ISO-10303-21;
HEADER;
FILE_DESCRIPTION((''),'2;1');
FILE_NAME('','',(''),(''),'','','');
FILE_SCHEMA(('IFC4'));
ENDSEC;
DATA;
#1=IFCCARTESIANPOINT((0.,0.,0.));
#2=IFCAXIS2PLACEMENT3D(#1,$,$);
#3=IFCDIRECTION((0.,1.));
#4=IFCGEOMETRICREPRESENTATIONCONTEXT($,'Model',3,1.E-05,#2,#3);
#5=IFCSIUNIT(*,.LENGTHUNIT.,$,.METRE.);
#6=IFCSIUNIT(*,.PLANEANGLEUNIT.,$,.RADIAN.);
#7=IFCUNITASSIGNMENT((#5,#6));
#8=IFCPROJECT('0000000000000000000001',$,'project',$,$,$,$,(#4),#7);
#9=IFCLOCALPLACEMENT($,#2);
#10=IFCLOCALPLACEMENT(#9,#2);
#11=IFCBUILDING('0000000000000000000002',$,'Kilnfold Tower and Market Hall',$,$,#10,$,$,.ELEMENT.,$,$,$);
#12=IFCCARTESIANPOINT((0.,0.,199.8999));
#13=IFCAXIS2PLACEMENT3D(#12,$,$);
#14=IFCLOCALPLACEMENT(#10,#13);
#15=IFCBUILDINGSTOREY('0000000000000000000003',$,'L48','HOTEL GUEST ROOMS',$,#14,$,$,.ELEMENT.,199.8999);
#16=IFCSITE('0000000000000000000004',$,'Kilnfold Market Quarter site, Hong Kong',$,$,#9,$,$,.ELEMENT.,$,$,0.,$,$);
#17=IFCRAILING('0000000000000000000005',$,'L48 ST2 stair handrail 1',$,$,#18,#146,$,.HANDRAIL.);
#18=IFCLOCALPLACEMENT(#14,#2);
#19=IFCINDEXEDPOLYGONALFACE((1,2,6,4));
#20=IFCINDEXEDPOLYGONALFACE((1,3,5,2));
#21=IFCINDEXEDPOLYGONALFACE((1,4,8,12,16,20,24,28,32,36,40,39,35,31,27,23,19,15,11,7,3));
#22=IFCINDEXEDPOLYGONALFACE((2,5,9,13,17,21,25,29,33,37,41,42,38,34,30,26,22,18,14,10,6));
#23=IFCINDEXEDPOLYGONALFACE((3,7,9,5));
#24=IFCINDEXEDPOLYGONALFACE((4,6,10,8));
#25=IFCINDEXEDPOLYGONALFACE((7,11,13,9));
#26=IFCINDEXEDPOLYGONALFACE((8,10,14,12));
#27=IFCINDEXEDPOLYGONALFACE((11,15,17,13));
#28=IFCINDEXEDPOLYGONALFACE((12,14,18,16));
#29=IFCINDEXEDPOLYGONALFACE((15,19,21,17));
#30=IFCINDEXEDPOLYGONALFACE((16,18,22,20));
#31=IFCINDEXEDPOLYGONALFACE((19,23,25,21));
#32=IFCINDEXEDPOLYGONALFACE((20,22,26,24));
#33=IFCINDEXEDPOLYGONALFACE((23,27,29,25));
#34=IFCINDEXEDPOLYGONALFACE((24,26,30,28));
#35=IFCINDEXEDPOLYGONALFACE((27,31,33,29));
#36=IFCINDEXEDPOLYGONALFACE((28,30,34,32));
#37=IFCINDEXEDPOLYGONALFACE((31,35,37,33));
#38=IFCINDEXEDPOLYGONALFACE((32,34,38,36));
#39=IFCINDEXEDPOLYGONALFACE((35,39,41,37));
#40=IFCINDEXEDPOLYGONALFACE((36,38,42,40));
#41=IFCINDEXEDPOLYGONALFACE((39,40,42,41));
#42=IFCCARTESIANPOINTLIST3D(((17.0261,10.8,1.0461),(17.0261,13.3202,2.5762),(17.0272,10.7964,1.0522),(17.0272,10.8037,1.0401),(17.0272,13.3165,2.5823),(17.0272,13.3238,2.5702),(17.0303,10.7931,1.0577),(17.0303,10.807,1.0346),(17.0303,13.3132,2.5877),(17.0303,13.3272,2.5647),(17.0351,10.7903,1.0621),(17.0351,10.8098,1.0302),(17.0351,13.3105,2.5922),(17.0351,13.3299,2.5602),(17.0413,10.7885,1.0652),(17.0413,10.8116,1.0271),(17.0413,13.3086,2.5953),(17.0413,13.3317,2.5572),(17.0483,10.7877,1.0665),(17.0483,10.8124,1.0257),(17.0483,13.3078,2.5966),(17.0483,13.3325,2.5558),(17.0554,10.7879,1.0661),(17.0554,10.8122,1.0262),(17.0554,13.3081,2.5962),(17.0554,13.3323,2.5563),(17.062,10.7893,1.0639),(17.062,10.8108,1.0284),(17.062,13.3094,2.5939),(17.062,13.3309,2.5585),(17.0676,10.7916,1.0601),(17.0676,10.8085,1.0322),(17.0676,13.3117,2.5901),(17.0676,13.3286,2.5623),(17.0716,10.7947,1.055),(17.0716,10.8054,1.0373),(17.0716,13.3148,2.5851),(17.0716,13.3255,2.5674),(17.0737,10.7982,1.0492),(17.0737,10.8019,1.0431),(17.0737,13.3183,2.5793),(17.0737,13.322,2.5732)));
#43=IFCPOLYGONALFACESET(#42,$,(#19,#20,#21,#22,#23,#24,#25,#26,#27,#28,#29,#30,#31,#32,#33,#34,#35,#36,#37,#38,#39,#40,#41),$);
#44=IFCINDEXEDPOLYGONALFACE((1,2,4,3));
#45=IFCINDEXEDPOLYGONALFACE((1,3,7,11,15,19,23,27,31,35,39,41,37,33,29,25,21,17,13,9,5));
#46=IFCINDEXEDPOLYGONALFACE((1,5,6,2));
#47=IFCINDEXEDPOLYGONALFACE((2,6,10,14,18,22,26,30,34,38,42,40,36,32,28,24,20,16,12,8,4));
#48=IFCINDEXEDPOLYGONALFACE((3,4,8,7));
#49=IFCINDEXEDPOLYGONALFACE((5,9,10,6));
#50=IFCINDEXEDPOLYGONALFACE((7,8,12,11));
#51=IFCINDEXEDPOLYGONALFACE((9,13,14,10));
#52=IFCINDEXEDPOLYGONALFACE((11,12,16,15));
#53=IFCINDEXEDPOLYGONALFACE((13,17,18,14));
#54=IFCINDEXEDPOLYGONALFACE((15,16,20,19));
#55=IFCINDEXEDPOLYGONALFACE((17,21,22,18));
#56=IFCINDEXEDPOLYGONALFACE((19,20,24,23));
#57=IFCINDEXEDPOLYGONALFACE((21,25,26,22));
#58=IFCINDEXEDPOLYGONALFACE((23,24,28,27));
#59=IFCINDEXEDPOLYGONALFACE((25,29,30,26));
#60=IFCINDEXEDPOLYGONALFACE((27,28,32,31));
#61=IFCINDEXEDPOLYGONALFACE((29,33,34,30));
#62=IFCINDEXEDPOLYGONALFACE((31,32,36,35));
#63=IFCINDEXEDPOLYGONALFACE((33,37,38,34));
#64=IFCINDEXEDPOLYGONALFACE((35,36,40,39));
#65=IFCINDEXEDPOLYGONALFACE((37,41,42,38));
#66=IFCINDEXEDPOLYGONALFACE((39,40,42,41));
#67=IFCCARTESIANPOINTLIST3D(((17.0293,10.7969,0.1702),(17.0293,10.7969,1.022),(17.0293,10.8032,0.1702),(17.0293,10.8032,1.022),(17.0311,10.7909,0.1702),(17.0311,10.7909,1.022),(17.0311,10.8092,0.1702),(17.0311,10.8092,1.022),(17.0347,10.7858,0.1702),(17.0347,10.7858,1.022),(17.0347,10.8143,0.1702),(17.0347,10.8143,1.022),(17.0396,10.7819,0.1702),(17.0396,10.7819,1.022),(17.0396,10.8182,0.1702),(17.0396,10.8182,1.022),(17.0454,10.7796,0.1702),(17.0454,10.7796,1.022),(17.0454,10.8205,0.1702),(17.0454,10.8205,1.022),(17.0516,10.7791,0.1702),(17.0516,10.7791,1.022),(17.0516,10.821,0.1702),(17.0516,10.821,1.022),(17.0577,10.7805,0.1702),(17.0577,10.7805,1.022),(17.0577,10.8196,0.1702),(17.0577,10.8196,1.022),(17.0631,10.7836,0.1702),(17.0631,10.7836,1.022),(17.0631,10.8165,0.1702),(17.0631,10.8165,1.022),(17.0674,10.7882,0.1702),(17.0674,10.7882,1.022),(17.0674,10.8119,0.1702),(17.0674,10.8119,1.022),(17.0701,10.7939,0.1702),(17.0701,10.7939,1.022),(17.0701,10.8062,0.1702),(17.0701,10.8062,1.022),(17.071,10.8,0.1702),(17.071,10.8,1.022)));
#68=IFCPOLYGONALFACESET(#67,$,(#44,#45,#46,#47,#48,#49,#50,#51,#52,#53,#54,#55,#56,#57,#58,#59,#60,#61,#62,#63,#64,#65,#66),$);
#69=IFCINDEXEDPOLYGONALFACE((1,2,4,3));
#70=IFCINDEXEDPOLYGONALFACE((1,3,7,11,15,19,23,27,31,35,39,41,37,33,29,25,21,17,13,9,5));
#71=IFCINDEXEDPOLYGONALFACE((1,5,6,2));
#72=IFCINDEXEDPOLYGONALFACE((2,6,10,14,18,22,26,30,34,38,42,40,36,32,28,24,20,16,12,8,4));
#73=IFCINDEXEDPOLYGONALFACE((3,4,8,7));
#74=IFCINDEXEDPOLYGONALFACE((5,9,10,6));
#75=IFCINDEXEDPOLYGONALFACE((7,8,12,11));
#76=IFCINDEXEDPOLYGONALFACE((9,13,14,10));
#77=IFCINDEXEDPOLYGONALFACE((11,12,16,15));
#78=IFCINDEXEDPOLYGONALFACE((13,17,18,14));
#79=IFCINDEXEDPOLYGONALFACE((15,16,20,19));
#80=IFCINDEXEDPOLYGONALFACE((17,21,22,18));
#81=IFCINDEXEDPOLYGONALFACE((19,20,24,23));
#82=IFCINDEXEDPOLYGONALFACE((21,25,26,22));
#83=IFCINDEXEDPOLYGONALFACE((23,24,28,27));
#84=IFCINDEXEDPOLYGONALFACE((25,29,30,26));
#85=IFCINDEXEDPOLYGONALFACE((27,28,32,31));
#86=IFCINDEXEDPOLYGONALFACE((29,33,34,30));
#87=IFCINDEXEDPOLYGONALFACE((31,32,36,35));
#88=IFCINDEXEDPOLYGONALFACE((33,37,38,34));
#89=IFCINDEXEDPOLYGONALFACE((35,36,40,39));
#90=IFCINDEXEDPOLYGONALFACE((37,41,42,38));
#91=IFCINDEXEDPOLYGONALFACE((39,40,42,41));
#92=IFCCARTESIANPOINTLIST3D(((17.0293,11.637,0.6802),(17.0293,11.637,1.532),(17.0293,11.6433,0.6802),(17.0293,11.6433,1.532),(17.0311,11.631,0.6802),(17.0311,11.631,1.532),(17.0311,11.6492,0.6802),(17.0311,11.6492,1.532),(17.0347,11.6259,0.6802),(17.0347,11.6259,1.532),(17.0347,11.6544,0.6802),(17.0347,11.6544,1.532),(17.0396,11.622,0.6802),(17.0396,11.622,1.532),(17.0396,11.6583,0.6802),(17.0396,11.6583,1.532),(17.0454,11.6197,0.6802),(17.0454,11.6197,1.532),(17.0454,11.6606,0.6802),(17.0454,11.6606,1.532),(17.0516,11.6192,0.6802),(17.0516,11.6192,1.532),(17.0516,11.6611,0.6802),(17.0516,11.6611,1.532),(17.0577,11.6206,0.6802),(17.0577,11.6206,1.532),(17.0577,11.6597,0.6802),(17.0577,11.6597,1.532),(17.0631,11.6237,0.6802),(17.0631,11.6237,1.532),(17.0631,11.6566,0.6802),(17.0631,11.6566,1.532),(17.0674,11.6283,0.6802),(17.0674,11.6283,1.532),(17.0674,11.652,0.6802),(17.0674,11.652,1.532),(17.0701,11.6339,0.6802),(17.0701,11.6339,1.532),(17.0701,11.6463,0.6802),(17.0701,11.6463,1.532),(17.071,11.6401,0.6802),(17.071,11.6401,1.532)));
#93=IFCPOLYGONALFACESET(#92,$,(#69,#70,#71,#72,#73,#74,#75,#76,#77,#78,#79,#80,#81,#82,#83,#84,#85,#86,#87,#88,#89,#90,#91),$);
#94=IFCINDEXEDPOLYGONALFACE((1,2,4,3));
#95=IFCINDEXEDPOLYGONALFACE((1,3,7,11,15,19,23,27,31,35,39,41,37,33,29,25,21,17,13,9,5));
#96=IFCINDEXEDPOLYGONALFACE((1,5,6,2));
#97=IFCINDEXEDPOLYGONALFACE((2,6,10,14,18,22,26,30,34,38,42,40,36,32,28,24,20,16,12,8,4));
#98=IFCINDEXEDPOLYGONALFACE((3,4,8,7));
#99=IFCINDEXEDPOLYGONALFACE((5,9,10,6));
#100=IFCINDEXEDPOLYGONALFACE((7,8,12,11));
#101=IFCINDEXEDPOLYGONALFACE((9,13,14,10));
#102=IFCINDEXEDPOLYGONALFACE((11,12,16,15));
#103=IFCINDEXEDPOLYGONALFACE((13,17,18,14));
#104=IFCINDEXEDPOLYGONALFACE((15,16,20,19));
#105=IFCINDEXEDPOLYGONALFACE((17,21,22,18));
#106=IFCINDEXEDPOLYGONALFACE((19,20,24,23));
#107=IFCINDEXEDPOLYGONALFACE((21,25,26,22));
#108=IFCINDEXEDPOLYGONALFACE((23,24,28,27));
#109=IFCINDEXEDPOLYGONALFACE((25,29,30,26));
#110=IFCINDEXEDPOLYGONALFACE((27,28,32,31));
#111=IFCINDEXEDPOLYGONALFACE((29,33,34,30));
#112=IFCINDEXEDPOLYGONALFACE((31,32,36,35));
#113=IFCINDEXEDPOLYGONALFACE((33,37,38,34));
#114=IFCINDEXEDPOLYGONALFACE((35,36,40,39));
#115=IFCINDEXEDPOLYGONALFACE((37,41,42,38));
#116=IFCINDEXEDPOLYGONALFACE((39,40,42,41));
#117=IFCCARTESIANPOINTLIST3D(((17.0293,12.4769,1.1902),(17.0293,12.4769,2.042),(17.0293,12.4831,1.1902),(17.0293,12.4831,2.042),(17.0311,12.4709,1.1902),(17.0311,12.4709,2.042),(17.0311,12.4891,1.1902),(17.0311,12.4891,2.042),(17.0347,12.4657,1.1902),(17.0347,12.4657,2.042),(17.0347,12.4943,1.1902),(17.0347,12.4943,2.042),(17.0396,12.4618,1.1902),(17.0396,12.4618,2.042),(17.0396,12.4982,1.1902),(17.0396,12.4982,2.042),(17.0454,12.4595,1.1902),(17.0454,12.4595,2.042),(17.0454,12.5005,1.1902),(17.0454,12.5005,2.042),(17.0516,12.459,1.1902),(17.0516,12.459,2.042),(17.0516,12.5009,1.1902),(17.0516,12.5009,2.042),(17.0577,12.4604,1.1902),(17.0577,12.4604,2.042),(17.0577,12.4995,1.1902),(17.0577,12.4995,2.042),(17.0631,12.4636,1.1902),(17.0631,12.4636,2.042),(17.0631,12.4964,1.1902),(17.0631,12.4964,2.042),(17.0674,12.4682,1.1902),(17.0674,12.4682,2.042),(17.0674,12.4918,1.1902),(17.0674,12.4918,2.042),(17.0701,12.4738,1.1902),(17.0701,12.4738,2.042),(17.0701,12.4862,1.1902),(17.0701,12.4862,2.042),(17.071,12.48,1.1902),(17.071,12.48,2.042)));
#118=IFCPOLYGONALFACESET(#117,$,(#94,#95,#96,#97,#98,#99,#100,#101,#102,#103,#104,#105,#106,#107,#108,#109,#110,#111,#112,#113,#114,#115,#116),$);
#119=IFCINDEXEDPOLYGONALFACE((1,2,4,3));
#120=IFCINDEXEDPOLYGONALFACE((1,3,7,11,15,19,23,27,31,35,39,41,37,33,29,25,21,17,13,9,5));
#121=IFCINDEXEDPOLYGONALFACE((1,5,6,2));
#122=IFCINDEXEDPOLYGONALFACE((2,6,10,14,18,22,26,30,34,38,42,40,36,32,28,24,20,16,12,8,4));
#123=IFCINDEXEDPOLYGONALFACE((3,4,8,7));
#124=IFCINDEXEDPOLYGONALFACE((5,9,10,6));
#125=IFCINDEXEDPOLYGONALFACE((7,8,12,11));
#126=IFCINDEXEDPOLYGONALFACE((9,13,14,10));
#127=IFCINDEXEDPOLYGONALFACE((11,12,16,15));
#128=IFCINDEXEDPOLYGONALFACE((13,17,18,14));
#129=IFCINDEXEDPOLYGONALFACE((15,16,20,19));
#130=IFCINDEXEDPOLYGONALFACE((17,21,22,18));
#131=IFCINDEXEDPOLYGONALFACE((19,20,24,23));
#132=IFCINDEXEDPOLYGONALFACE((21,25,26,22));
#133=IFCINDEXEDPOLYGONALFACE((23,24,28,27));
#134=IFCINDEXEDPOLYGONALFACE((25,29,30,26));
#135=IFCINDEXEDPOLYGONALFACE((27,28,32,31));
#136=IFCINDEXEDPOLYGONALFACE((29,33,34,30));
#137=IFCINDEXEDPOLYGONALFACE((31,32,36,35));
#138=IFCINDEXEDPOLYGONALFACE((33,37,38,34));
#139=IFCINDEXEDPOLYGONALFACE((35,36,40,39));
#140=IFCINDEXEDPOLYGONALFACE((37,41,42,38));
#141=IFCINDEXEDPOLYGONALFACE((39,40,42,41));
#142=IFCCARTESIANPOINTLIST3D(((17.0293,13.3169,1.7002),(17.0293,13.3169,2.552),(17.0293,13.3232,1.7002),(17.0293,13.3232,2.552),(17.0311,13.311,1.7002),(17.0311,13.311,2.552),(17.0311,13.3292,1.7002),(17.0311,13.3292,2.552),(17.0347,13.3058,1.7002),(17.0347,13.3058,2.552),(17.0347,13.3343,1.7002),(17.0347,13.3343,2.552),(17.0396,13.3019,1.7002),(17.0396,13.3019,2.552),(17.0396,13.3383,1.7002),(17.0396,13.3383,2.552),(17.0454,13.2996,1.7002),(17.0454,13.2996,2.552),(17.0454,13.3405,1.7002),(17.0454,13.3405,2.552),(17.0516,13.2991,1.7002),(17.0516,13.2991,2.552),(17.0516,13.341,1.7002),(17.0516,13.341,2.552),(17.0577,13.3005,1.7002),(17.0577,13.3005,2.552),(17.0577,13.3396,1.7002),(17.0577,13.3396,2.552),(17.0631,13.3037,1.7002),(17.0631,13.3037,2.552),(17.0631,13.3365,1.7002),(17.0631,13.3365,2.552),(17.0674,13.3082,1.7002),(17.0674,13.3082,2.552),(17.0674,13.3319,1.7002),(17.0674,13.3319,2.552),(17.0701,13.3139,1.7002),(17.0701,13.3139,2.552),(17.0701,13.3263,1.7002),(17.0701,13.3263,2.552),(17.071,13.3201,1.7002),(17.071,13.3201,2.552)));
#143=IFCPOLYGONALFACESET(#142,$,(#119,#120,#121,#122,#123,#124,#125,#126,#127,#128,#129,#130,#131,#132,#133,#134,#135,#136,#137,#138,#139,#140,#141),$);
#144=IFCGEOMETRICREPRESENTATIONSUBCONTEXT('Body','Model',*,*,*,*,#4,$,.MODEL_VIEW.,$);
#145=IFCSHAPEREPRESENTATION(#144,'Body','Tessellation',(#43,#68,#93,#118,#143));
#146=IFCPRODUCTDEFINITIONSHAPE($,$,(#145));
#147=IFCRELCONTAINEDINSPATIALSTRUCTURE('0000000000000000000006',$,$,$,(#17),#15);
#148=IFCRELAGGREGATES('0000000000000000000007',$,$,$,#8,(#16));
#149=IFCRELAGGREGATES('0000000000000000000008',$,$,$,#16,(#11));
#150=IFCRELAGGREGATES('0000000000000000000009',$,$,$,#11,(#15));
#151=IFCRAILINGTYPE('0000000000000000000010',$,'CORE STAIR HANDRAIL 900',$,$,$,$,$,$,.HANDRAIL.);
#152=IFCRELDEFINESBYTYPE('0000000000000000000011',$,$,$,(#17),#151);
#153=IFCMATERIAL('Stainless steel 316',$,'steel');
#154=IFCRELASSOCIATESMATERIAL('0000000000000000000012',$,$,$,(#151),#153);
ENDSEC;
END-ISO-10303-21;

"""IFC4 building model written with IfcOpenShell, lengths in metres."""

from ifc_helpers import new_model, si_unit, direction, frame, origin, origin_2d, place, context, subcontext, project, spatial, circle, extrude, material, type_object, element, save


model = new_model("IFC4")

# Units and contexts
model_context = context("Model", 3, precision=1e-05, world=origin(), true_north=direction((0.0, 1.0)))
body_context = subcontext(model_context, "Body", "Model", "MODEL_VIEW")
ifc_project = project(units=[si_unit("LENGTHUNIT", "METRE"), si_unit("PLANEANGLEUNIT", "RADIAN")], contexts=[model_context])

# Site, building, storey
site_placement = place(None, origin())
site = spatial("IfcSite", under=ifc_project, at=site_placement, Name="Kilnfold Market Quarter site, Hong Kong", CompositionType="ELEMENT", RefElevation=0.0)
building_placement = place(site_placement, origin())
building = spatial("IfcBuilding", under=site, at=building_placement, Name="Kilnfold Tower and Market Hall", CompositionType="ELEMENT")
storey_placement = place(building_placement, frame((0.0, 0.0, 199.8999)))
storey = spatial("IfcBuildingStorey", under=building, at=storey_placement, Name="L48", Description="HOTEL GUEST ROOMS", CompositionType="ELEMENT", Elevation=199.8999)

# Railing
ifc_material_1 = material(Name="Stainless steel 316", Category="steel")
railing_type_1 = type_object("IfcRailingType", Name="CORE STAIR HANDRAIL 900", PredefinedType="HANDRAIL", material=ifc_material_1)
railing_1_placement = place(storey_placement, frame((17.05, 10.8, 0.1702)))
element("IfcRailing", 1, at=railing_1_placement, inside=storey, type_object=railing_type_1, Name="L48 ST2 stair handrail 1", PredefinedType="HANDRAIL", context=body_context, shape_type="SweptSolid", body=[
    extrude(circle(Radius=0.0239, at=origin_2d()), frame((0.0, 0.0, 0.876), z_axis=(0.0, 0.854785, 0.518982), x_axis=(-1.0, 0.0, 0.0)), (0.0, 0.0, 1.0), 2.9482),
    extrude(circle(Radius=0.021, at=origin_2d()), origin(), (0.0, 0.0, 1.0), 0.8518),
    extrude(circle(Radius=0.021, at=origin_2d()), frame((0.0, 0.8401, 0.51)), (0.0, 0.0, 1.0), 0.8518),
    extrude(circle(Radius=0.021, at=origin_2d()), frame((0.0, 1.6799, 1.02)), (0.0, 0.0, 1.0), 0.8518),
    extrude(circle(Radius=0.021, at=origin_2d()), frame((0.0, 2.52, 1.53)), (0.0, 0.0, 1.0), 0.8518),
])

save(model, "model.ifc")
